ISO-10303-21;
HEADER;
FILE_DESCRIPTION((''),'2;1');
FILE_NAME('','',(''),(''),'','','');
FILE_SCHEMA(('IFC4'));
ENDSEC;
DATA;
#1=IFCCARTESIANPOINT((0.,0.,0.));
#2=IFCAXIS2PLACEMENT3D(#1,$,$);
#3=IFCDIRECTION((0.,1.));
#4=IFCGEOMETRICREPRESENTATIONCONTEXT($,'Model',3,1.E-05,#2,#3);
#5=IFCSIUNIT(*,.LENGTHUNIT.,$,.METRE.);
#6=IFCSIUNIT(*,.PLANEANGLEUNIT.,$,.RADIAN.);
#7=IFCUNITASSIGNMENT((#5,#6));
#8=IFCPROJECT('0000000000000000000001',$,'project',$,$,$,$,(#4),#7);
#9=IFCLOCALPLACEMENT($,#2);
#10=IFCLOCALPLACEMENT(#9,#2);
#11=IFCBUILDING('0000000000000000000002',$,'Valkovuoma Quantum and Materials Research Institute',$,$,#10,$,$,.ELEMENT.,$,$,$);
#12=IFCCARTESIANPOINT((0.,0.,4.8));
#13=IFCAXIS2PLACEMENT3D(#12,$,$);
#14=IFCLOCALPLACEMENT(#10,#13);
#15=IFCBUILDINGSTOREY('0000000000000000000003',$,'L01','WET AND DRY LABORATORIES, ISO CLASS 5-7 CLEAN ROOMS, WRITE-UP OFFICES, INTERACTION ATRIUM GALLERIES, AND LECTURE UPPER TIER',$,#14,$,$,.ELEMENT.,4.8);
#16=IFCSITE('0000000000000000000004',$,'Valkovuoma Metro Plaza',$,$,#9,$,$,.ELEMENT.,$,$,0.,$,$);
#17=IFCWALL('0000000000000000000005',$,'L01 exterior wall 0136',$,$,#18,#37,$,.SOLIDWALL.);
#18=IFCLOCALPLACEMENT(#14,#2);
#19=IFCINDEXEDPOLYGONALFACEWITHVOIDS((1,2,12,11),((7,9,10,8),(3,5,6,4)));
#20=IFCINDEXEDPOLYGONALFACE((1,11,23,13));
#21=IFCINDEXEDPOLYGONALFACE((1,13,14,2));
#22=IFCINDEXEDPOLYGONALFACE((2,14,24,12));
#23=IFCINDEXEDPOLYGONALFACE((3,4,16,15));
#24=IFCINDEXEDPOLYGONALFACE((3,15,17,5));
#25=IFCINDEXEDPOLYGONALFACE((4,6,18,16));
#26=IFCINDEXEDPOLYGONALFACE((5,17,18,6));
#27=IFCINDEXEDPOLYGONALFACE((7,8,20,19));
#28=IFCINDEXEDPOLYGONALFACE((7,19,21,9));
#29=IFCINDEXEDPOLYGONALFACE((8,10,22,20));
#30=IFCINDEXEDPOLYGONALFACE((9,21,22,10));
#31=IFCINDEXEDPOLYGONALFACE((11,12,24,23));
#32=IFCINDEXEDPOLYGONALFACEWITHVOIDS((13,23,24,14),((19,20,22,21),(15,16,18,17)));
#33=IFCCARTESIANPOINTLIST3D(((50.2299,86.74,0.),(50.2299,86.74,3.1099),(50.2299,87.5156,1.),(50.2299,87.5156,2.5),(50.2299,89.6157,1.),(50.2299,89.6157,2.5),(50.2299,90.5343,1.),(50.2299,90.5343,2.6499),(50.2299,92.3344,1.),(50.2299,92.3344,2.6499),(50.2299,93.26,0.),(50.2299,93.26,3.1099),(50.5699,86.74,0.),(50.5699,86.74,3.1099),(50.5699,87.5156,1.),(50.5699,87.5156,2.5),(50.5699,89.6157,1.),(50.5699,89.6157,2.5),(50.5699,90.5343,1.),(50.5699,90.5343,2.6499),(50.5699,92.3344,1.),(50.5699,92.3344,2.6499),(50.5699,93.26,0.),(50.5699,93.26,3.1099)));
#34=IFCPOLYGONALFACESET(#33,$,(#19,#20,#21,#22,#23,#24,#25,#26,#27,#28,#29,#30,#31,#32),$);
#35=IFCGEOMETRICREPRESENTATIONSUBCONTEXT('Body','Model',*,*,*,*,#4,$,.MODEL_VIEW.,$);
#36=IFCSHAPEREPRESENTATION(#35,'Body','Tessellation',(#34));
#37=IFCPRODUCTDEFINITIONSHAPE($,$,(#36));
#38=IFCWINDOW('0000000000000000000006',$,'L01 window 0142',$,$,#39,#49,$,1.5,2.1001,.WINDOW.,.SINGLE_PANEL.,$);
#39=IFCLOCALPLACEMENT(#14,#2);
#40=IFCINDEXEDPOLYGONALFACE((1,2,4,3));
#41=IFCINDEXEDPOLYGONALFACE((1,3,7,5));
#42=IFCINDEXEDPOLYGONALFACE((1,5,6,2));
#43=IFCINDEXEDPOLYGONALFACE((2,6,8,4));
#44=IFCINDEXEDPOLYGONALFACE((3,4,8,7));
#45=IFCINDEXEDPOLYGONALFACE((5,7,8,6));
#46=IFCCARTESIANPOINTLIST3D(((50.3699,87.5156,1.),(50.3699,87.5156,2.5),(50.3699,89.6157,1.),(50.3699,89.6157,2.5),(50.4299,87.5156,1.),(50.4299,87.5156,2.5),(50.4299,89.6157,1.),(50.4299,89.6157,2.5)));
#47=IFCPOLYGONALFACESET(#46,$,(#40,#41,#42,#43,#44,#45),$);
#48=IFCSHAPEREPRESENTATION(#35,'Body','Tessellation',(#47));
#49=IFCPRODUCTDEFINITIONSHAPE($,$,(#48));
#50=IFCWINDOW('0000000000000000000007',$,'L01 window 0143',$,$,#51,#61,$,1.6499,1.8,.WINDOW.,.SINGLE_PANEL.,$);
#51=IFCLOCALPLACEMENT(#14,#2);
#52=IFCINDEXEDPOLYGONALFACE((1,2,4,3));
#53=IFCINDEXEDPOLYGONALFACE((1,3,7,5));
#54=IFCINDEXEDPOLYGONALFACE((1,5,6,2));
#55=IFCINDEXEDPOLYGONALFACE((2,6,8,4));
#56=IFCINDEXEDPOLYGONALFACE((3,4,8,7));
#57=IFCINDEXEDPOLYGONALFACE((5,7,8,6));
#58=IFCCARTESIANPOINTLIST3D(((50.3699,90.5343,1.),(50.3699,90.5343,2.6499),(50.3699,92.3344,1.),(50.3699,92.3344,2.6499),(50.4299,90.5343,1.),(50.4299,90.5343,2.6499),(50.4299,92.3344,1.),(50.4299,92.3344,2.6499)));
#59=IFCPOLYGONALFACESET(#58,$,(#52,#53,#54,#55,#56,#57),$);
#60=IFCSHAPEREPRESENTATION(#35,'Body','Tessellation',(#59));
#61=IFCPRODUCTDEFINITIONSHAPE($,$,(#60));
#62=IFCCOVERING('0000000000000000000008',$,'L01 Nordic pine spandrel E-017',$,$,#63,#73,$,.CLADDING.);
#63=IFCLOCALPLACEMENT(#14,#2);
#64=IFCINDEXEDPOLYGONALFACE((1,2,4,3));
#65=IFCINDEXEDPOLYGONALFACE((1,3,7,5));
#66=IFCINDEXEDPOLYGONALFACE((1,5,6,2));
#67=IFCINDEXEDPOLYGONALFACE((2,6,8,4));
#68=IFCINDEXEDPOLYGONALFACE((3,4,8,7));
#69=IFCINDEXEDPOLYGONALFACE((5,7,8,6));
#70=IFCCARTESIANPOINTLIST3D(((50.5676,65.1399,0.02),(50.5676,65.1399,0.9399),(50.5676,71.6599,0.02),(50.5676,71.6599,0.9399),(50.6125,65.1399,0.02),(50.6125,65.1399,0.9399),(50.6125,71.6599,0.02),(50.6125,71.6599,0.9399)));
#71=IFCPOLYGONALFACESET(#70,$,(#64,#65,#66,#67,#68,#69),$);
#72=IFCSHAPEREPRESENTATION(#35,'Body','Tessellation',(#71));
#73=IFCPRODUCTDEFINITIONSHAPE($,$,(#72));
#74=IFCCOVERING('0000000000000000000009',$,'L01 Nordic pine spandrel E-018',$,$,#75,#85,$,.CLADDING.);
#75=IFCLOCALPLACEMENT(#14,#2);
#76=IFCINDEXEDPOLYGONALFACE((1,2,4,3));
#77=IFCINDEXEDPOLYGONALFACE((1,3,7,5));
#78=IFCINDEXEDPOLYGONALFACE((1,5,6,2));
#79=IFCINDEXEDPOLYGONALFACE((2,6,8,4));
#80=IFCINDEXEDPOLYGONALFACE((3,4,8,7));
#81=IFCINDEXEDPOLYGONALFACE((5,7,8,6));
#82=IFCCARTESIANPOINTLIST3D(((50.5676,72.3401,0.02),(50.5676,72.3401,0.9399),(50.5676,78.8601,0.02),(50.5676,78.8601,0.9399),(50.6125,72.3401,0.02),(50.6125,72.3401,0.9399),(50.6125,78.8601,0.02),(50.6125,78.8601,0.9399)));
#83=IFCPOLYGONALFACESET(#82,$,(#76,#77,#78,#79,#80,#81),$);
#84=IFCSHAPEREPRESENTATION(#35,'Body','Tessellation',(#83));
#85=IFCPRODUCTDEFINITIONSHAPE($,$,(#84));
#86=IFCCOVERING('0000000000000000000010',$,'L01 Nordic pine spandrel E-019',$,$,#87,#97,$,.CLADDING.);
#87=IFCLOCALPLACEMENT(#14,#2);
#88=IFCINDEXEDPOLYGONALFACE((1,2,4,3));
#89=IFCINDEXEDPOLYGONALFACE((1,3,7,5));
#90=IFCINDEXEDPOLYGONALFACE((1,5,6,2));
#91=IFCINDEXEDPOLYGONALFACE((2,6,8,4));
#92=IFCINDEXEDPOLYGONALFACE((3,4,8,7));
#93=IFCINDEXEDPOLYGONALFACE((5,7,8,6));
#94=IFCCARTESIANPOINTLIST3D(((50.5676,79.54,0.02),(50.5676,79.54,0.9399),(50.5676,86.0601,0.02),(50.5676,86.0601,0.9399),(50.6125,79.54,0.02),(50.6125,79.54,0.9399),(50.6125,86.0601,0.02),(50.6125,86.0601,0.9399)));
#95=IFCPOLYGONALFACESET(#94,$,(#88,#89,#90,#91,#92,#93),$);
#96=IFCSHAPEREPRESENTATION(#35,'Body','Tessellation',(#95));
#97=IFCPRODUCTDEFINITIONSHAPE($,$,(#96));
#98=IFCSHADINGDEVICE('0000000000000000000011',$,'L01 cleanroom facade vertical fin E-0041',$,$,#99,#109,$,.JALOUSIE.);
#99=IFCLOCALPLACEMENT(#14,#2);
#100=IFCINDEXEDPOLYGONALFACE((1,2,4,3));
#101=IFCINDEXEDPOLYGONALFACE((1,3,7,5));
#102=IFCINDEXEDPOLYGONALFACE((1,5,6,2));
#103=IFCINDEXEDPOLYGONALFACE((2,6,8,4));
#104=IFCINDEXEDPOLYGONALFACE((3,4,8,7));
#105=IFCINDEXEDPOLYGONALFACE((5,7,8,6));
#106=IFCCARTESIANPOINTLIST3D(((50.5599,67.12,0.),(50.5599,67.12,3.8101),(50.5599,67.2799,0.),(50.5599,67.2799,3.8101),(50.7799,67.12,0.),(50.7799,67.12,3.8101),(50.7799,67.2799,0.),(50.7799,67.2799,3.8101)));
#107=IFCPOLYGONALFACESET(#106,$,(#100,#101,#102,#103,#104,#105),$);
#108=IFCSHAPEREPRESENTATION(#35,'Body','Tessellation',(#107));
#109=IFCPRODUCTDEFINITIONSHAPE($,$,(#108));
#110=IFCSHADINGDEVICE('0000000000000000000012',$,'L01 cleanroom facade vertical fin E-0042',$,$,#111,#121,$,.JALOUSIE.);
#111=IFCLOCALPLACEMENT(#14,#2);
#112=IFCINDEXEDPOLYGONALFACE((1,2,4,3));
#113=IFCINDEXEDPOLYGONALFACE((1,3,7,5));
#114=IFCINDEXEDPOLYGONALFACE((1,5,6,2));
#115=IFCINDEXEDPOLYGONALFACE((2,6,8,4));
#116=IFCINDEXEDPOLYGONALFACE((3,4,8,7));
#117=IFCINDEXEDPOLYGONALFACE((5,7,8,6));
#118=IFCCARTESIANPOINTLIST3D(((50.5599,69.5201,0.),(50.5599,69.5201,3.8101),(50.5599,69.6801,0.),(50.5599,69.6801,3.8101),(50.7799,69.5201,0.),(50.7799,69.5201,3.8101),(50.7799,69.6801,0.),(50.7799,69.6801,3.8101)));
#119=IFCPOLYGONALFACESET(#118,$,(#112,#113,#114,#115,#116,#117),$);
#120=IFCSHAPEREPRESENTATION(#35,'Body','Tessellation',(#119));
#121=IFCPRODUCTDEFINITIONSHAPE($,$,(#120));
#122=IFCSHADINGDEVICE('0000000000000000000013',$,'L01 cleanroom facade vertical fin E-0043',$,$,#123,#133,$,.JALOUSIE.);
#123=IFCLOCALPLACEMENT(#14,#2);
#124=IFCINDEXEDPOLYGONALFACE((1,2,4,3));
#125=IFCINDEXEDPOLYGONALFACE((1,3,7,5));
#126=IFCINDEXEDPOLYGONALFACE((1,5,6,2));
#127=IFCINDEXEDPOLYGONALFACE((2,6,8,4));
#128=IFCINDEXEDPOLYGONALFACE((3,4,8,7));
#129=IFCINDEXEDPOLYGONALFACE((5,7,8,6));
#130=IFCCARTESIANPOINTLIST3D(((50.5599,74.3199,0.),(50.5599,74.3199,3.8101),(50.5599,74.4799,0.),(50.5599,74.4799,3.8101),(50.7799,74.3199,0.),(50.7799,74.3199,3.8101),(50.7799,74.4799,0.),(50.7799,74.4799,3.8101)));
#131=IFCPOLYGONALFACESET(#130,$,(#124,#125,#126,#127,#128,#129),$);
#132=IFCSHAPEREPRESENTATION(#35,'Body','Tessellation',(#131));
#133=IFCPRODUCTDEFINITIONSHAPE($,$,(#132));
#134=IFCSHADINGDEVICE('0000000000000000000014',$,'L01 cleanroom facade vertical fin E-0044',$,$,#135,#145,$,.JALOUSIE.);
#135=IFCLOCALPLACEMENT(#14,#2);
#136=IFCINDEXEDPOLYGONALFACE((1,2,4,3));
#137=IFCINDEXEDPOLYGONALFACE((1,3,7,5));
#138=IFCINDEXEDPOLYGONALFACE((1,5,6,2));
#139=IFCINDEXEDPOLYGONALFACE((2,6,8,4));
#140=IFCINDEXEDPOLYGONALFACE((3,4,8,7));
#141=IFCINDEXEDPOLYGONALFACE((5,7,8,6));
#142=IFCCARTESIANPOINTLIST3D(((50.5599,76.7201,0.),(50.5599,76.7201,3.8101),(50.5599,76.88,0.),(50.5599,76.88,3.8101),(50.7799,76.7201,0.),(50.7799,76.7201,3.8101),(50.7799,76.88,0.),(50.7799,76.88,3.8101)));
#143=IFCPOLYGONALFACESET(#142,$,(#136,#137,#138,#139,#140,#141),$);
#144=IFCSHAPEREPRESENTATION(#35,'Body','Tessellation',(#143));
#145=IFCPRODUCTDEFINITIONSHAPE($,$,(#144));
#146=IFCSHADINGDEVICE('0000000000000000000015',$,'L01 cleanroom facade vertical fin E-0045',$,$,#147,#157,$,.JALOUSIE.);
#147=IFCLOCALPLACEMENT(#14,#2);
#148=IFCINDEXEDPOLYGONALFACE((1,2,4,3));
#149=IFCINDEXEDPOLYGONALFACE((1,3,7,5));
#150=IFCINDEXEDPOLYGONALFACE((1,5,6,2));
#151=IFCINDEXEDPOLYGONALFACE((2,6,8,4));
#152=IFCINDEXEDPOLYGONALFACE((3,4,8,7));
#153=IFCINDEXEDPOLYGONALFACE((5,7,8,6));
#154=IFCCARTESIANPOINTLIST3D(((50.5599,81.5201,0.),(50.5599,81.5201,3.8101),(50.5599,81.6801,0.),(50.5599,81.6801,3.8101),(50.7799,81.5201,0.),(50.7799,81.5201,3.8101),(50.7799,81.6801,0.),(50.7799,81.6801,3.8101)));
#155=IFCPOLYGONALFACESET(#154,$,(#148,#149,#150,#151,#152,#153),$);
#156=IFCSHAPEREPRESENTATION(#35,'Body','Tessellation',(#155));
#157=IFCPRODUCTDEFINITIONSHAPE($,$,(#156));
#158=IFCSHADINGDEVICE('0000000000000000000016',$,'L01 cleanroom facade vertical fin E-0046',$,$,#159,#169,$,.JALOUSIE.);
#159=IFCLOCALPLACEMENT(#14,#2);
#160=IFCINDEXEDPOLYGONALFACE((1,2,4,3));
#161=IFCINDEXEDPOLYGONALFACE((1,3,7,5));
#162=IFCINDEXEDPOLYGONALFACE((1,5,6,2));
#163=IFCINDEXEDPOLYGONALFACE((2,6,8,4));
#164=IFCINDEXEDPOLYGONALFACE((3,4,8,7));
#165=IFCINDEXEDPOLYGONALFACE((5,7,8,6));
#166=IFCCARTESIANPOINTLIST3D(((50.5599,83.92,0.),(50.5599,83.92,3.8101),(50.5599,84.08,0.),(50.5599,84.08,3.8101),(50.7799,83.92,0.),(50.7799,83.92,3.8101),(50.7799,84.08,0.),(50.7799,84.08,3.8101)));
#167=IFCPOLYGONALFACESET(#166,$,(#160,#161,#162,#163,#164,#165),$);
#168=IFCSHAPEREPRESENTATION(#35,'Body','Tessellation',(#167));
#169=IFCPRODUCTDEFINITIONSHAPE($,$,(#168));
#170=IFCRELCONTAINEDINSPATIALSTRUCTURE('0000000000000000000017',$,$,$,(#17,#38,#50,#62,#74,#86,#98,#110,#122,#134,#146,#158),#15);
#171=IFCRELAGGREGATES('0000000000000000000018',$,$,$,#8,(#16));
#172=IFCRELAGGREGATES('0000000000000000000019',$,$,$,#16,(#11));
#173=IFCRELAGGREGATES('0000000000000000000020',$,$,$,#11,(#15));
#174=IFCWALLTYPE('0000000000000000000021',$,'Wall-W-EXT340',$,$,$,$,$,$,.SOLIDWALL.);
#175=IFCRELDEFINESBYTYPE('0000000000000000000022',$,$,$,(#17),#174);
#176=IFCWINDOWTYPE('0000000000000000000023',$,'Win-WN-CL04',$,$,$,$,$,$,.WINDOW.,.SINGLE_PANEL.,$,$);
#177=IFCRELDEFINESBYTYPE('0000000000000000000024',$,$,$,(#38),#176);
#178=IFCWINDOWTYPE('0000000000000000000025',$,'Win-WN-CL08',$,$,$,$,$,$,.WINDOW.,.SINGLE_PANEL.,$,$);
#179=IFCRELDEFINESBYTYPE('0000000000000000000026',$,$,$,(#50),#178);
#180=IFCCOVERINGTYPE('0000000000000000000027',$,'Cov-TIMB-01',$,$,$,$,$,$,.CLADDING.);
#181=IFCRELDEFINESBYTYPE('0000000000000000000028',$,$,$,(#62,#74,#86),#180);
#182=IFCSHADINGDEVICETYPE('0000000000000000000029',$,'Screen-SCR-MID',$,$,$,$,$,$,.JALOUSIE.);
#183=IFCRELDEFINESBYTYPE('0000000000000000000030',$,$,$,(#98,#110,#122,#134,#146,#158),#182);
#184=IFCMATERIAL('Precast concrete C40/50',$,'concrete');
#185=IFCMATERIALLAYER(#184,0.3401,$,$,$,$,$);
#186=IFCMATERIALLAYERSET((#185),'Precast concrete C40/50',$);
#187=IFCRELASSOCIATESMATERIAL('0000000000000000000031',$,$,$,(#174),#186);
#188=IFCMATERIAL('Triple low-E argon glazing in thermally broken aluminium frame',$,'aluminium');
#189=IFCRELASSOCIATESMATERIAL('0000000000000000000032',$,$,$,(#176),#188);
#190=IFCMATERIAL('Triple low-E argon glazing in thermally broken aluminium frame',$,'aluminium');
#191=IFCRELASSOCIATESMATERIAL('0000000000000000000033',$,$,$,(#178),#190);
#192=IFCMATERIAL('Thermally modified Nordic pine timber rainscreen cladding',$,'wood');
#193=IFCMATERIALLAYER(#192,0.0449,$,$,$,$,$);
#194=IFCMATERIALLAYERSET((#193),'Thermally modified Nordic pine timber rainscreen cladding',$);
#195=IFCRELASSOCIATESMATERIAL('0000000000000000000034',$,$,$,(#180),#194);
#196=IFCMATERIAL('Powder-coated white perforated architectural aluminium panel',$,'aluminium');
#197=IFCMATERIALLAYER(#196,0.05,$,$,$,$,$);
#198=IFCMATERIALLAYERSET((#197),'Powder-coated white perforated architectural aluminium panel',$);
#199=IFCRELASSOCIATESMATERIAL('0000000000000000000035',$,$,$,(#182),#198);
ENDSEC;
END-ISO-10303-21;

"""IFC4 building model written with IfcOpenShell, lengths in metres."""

from ifc_helpers import new_model, si_unit, direction, frame, frame_2d, origin, origin_2d, place, context, subcontext, project, spatial, rectangle, extrude, material, layer, layer_set, type_object, element, fill, save


model = new_model("IFC4")

# Units and contexts
model_context = context("Model", 3, precision=1e-05, world=origin(), true_north=direction((0.0, 1.0)))
body_context = subcontext(model_context, "Body", "Model", "MODEL_VIEW")
ifc_project = project(units=[si_unit("LENGTHUNIT", "METRE"), si_unit("PLANEANGLEUNIT", "RADIAN")], contexts=[model_context])

# Site, building, storey
site_placement = place(None, origin())
site = spatial("IfcSite", under=ifc_project, at=site_placement, Name="Valkovuoma Metro Plaza", CompositionType="ELEMENT", RefElevation=0.0)
building_placement = place(site_placement, origin())
building = spatial("IfcBuilding", under=site, at=building_placement, Name="Valkovuoma Quantum and Materials Research Institute", CompositionType="ELEMENT")
storey_placement = place(building_placement, frame((0.0, 0.0, 4.8)))
storey = spatial("IfcBuildingStorey", under=building, at=storey_placement, Name="L01", Description="WET AND DRY LABORATORIES, ISO CLASS 5-7 CLEAN ROOMS, WRITE-UP OFFICES, INTERACTION ATRIUM GALLERIES, AND LECTURE UPPER TIER", CompositionType="ELEMENT", Elevation=4.8)

# Wall, openings, windows
ifc_material_1 = material(Name="Precast concrete C40/50", Category="concrete")
ifc_layer_1 = layer(ifc_material_1, 0.3401)
ifc_layer_set_1 = layer_set([ifc_layer_1], Name="Precast concrete C40/50")
wall_type = type_object("IfcWallType", Name="Wall-W-EXT340", PredefinedType="SOLIDWALL", material=ifc_layer_set_1)
wall_1_placement = place(storey_placement, frame((50.3999, 86.74, 0.0), z_axis=(0.0, 0.0, 1.0), x_axis=(0.0, 1.0, 0.0)))
wall_1 = element("IfcWall", 1, at=wall_1_placement, inside=storey, type_object=wall_type, Name="L01 exterior wall 0136", PredefinedType="SOLIDWALL", context=body_context, shape_type="SweptSolid", body=[
    extrude(rectangle(XDim=6.52, YDim=0.3401, at=frame_2d((3.26, 0.0))), origin(), (0.0, 0.0, 1.0), 3.1099),
])
opening_1_placement = place(wall_1_placement, frame((0.7756, 0.0, 1.0)))
opening_1 = element("IfcOpeningElement", 2, at=opening_1_placement, cuts=wall_1, PredefinedType="OPENING", context=body_context, shape_type="SweptSolid", body=[
    extrude(rectangle(XDim=2.1001, YDim=1.5, at=frame_2d((1.05, 0.75))), frame((0.0, 0.1802, 0.0), z_axis=(0.0, -1.0, 0.0), x_axis=(1.0, 0.0, 0.0)), (0.0, 0.0, 1.0), 0.3601),
])
opening_2_placement = place(wall_1_placement, frame((3.7944, 0.0, 1.0)))
opening_2 = element("IfcOpeningElement", 3, at=opening_2_placement, cuts=wall_1, PredefinedType="OPENING", context=body_context, shape_type="SweptSolid", body=[
    extrude(rectangle(XDim=1.8, YDim=1.6499, at=frame_2d((0.8999, 0.825))), frame((0.0, 0.1802, 0.0), z_axis=(0.0, -1.0, 0.0), x_axis=(1.0, 0.0, 0.0)), (0.0, 0.0, 1.0), 0.3601),
])
ifc_material_2 = material(Name="Triple low-E argon glazing in thermally broken aluminium frame", Category="aluminium")
window_type_1 = type_object("IfcWindowType", Name="Win-WN-CL04", PartitioningType="SINGLE_PANEL", PredefinedType="WINDOW", material=ifc_material_2)
window_1_placement = place(opening_1_placement, origin())
window_1 = element("IfcWindow", 4, at=window_1_placement, inside=storey, type_object=window_type_1, Name="L01 window 0142", OverallHeight=1.5, OverallWidth=2.1001, PartitioningType="SINGLE_PANEL", PredefinedType="WINDOW", context=body_context, shape_type="SweptSolid", body=[
    extrude(rectangle(XDim=2.1001, YDim=1.5, at=frame_2d((1.05, 0.75))), frame((0.0, 0.03, 0.0), z_axis=(0.0, -1.0, 0.0), x_axis=(1.0, 0.0, 0.0)), (0.0, 0.0, 1.0), 0.0601),
])
fill(opening_1, window_1)
ifc_material_3 = material(Name="Triple low-E argon glazing in thermally broken aluminium frame", Category="aluminium")
window_type_2 = type_object("IfcWindowType", Name="Win-WN-CL08", PartitioningType="SINGLE_PANEL", PredefinedType="WINDOW", material=ifc_material_3)
window_2_placement = place(opening_2_placement, origin())
window_2 = element("IfcWindow", 5, at=window_2_placement, inside=storey, type_object=window_type_2, Name="L01 window 0143", OverallHeight=1.6499, OverallWidth=1.8, PartitioningType="SINGLE_PANEL", PredefinedType="WINDOW", context=body_context, shape_type="SweptSolid", body=[
    extrude(rectangle(XDim=1.8, YDim=1.6499, at=frame_2d((0.8999, 0.825))), frame((0.0, 0.03, 0.0), z_axis=(0.0, -1.0, 0.0), x_axis=(1.0, 0.0, 0.0)), (0.0, 0.0, 1.0), 0.0601),
])
fill(opening_2, window_2)

# Coverings
ifc_material_4 = material(Name="Thermally modified Nordic pine timber rainscreen cladding", Category="wood")
ifc_layer_2 = layer(ifc_material_4, 0.0449)
ifc_layer_set_2 = layer_set([ifc_layer_2], Name="Thermally modified Nordic pine timber rainscreen cladding")
covering_type = type_object("IfcCoveringType", Name="Cov-TIMB-01", PredefinedType="CLADDING", material=ifc_layer_set_2)
for number, where, z_axis, x_axis, name in (
    (6, (50.5901, 68.3999, 0.02), (0.0, 0.0, 1.0), (1.0, 0.0, 0.0), "L01 Nordic pine spandrel E-017"),
    (7, (50.5901, 75.6001, 0.02), (0.0, 0.0, 1.0), (1.0, 0.0, 0.0), "L01 Nordic pine spandrel E-018"),
    (8, (50.5901, 82.8, 0.02), (0.0, 0.0, 1.0), (1.0, 0.0, 0.0), "L01 Nordic pine spandrel E-019"),
):
    element("IfcCovering", number, at=place(storey_placement, frame(where, z_axis=z_axis, x_axis=x_axis)), inside=storey, type_object=covering_type, Name=name, PredefinedType="CLADDING", context=body_context, shape_type="SweptSolid", body=[
        extrude(rectangle(XDim=0.0449, YDim=6.52, at=origin_2d()), origin(), (0.0, 0.0, 1.0), 0.9199),
    ])

# Shading devices
ifc_material_5 = material(Name="Powder-coated white perforated architectural aluminium panel", Category="aluminium")
ifc_layer_3 = layer(ifc_material_5, 0.05)
ifc_layer_set_3 = layer_set([ifc_layer_3], Name="Powder-coated white perforated architectural aluminium panel")
shading_device_type = type_object("IfcShadingDeviceType", Name="Screen-SCR-MID", PredefinedType="JALOUSIE", material=ifc_layer_set_3)
for number, where, z_axis, x_axis, name in (
    (9, (50.6699, 67.2, 0.0), (0.0, 0.0, 1.0), (1.0, 0.0, 0.0), "L01 cleanroom facade vertical fin E-0041"),
    (10, (50.6699, 69.6001, 0.0), (0.0, 0.0, 1.0), (1.0, 0.0, 0.0), "L01 cleanroom facade vertical fin E-0042"),
    (11, (50.6699, 74.3999, 0.0), (0.0, 0.0, 1.0), (1.0, 0.0, 0.0), "L01 cleanroom facade vertical fin E-0043"),
    (12, (50.6699, 76.8, 0.0), (0.0, 0.0, 1.0), (1.0, 0.0, 0.0), "L01 cleanroom facade vertical fin E-0044"),
    (13, (50.6699, 81.6001, 0.0), (0.0, 0.0, 1.0), (1.0, 0.0, 0.0), "L01 cleanroom facade vertical fin E-0045"),
    (14, (50.6699, 84.0, 0.0), (0.0, 0.0, 1.0), (1.0, 0.0, 0.0), "L01 cleanroom facade vertical fin E-0046"),
):
    element("IfcShadingDevice", number, at=place(storey_placement, frame(where, z_axis=z_axis, x_axis=x_axis)), inside=storey, type_object=shading_device_type, Name=name, PredefinedType="JALOUSIE", context=body_context, shape_type="SweptSolid", body=[
        extrude(rectangle(XDim=0.22, YDim=0.1599, at=origin_2d()), origin(), (0.0, 0.0, 1.0), 3.8101),
    ])

save(model, "model.ifc")
